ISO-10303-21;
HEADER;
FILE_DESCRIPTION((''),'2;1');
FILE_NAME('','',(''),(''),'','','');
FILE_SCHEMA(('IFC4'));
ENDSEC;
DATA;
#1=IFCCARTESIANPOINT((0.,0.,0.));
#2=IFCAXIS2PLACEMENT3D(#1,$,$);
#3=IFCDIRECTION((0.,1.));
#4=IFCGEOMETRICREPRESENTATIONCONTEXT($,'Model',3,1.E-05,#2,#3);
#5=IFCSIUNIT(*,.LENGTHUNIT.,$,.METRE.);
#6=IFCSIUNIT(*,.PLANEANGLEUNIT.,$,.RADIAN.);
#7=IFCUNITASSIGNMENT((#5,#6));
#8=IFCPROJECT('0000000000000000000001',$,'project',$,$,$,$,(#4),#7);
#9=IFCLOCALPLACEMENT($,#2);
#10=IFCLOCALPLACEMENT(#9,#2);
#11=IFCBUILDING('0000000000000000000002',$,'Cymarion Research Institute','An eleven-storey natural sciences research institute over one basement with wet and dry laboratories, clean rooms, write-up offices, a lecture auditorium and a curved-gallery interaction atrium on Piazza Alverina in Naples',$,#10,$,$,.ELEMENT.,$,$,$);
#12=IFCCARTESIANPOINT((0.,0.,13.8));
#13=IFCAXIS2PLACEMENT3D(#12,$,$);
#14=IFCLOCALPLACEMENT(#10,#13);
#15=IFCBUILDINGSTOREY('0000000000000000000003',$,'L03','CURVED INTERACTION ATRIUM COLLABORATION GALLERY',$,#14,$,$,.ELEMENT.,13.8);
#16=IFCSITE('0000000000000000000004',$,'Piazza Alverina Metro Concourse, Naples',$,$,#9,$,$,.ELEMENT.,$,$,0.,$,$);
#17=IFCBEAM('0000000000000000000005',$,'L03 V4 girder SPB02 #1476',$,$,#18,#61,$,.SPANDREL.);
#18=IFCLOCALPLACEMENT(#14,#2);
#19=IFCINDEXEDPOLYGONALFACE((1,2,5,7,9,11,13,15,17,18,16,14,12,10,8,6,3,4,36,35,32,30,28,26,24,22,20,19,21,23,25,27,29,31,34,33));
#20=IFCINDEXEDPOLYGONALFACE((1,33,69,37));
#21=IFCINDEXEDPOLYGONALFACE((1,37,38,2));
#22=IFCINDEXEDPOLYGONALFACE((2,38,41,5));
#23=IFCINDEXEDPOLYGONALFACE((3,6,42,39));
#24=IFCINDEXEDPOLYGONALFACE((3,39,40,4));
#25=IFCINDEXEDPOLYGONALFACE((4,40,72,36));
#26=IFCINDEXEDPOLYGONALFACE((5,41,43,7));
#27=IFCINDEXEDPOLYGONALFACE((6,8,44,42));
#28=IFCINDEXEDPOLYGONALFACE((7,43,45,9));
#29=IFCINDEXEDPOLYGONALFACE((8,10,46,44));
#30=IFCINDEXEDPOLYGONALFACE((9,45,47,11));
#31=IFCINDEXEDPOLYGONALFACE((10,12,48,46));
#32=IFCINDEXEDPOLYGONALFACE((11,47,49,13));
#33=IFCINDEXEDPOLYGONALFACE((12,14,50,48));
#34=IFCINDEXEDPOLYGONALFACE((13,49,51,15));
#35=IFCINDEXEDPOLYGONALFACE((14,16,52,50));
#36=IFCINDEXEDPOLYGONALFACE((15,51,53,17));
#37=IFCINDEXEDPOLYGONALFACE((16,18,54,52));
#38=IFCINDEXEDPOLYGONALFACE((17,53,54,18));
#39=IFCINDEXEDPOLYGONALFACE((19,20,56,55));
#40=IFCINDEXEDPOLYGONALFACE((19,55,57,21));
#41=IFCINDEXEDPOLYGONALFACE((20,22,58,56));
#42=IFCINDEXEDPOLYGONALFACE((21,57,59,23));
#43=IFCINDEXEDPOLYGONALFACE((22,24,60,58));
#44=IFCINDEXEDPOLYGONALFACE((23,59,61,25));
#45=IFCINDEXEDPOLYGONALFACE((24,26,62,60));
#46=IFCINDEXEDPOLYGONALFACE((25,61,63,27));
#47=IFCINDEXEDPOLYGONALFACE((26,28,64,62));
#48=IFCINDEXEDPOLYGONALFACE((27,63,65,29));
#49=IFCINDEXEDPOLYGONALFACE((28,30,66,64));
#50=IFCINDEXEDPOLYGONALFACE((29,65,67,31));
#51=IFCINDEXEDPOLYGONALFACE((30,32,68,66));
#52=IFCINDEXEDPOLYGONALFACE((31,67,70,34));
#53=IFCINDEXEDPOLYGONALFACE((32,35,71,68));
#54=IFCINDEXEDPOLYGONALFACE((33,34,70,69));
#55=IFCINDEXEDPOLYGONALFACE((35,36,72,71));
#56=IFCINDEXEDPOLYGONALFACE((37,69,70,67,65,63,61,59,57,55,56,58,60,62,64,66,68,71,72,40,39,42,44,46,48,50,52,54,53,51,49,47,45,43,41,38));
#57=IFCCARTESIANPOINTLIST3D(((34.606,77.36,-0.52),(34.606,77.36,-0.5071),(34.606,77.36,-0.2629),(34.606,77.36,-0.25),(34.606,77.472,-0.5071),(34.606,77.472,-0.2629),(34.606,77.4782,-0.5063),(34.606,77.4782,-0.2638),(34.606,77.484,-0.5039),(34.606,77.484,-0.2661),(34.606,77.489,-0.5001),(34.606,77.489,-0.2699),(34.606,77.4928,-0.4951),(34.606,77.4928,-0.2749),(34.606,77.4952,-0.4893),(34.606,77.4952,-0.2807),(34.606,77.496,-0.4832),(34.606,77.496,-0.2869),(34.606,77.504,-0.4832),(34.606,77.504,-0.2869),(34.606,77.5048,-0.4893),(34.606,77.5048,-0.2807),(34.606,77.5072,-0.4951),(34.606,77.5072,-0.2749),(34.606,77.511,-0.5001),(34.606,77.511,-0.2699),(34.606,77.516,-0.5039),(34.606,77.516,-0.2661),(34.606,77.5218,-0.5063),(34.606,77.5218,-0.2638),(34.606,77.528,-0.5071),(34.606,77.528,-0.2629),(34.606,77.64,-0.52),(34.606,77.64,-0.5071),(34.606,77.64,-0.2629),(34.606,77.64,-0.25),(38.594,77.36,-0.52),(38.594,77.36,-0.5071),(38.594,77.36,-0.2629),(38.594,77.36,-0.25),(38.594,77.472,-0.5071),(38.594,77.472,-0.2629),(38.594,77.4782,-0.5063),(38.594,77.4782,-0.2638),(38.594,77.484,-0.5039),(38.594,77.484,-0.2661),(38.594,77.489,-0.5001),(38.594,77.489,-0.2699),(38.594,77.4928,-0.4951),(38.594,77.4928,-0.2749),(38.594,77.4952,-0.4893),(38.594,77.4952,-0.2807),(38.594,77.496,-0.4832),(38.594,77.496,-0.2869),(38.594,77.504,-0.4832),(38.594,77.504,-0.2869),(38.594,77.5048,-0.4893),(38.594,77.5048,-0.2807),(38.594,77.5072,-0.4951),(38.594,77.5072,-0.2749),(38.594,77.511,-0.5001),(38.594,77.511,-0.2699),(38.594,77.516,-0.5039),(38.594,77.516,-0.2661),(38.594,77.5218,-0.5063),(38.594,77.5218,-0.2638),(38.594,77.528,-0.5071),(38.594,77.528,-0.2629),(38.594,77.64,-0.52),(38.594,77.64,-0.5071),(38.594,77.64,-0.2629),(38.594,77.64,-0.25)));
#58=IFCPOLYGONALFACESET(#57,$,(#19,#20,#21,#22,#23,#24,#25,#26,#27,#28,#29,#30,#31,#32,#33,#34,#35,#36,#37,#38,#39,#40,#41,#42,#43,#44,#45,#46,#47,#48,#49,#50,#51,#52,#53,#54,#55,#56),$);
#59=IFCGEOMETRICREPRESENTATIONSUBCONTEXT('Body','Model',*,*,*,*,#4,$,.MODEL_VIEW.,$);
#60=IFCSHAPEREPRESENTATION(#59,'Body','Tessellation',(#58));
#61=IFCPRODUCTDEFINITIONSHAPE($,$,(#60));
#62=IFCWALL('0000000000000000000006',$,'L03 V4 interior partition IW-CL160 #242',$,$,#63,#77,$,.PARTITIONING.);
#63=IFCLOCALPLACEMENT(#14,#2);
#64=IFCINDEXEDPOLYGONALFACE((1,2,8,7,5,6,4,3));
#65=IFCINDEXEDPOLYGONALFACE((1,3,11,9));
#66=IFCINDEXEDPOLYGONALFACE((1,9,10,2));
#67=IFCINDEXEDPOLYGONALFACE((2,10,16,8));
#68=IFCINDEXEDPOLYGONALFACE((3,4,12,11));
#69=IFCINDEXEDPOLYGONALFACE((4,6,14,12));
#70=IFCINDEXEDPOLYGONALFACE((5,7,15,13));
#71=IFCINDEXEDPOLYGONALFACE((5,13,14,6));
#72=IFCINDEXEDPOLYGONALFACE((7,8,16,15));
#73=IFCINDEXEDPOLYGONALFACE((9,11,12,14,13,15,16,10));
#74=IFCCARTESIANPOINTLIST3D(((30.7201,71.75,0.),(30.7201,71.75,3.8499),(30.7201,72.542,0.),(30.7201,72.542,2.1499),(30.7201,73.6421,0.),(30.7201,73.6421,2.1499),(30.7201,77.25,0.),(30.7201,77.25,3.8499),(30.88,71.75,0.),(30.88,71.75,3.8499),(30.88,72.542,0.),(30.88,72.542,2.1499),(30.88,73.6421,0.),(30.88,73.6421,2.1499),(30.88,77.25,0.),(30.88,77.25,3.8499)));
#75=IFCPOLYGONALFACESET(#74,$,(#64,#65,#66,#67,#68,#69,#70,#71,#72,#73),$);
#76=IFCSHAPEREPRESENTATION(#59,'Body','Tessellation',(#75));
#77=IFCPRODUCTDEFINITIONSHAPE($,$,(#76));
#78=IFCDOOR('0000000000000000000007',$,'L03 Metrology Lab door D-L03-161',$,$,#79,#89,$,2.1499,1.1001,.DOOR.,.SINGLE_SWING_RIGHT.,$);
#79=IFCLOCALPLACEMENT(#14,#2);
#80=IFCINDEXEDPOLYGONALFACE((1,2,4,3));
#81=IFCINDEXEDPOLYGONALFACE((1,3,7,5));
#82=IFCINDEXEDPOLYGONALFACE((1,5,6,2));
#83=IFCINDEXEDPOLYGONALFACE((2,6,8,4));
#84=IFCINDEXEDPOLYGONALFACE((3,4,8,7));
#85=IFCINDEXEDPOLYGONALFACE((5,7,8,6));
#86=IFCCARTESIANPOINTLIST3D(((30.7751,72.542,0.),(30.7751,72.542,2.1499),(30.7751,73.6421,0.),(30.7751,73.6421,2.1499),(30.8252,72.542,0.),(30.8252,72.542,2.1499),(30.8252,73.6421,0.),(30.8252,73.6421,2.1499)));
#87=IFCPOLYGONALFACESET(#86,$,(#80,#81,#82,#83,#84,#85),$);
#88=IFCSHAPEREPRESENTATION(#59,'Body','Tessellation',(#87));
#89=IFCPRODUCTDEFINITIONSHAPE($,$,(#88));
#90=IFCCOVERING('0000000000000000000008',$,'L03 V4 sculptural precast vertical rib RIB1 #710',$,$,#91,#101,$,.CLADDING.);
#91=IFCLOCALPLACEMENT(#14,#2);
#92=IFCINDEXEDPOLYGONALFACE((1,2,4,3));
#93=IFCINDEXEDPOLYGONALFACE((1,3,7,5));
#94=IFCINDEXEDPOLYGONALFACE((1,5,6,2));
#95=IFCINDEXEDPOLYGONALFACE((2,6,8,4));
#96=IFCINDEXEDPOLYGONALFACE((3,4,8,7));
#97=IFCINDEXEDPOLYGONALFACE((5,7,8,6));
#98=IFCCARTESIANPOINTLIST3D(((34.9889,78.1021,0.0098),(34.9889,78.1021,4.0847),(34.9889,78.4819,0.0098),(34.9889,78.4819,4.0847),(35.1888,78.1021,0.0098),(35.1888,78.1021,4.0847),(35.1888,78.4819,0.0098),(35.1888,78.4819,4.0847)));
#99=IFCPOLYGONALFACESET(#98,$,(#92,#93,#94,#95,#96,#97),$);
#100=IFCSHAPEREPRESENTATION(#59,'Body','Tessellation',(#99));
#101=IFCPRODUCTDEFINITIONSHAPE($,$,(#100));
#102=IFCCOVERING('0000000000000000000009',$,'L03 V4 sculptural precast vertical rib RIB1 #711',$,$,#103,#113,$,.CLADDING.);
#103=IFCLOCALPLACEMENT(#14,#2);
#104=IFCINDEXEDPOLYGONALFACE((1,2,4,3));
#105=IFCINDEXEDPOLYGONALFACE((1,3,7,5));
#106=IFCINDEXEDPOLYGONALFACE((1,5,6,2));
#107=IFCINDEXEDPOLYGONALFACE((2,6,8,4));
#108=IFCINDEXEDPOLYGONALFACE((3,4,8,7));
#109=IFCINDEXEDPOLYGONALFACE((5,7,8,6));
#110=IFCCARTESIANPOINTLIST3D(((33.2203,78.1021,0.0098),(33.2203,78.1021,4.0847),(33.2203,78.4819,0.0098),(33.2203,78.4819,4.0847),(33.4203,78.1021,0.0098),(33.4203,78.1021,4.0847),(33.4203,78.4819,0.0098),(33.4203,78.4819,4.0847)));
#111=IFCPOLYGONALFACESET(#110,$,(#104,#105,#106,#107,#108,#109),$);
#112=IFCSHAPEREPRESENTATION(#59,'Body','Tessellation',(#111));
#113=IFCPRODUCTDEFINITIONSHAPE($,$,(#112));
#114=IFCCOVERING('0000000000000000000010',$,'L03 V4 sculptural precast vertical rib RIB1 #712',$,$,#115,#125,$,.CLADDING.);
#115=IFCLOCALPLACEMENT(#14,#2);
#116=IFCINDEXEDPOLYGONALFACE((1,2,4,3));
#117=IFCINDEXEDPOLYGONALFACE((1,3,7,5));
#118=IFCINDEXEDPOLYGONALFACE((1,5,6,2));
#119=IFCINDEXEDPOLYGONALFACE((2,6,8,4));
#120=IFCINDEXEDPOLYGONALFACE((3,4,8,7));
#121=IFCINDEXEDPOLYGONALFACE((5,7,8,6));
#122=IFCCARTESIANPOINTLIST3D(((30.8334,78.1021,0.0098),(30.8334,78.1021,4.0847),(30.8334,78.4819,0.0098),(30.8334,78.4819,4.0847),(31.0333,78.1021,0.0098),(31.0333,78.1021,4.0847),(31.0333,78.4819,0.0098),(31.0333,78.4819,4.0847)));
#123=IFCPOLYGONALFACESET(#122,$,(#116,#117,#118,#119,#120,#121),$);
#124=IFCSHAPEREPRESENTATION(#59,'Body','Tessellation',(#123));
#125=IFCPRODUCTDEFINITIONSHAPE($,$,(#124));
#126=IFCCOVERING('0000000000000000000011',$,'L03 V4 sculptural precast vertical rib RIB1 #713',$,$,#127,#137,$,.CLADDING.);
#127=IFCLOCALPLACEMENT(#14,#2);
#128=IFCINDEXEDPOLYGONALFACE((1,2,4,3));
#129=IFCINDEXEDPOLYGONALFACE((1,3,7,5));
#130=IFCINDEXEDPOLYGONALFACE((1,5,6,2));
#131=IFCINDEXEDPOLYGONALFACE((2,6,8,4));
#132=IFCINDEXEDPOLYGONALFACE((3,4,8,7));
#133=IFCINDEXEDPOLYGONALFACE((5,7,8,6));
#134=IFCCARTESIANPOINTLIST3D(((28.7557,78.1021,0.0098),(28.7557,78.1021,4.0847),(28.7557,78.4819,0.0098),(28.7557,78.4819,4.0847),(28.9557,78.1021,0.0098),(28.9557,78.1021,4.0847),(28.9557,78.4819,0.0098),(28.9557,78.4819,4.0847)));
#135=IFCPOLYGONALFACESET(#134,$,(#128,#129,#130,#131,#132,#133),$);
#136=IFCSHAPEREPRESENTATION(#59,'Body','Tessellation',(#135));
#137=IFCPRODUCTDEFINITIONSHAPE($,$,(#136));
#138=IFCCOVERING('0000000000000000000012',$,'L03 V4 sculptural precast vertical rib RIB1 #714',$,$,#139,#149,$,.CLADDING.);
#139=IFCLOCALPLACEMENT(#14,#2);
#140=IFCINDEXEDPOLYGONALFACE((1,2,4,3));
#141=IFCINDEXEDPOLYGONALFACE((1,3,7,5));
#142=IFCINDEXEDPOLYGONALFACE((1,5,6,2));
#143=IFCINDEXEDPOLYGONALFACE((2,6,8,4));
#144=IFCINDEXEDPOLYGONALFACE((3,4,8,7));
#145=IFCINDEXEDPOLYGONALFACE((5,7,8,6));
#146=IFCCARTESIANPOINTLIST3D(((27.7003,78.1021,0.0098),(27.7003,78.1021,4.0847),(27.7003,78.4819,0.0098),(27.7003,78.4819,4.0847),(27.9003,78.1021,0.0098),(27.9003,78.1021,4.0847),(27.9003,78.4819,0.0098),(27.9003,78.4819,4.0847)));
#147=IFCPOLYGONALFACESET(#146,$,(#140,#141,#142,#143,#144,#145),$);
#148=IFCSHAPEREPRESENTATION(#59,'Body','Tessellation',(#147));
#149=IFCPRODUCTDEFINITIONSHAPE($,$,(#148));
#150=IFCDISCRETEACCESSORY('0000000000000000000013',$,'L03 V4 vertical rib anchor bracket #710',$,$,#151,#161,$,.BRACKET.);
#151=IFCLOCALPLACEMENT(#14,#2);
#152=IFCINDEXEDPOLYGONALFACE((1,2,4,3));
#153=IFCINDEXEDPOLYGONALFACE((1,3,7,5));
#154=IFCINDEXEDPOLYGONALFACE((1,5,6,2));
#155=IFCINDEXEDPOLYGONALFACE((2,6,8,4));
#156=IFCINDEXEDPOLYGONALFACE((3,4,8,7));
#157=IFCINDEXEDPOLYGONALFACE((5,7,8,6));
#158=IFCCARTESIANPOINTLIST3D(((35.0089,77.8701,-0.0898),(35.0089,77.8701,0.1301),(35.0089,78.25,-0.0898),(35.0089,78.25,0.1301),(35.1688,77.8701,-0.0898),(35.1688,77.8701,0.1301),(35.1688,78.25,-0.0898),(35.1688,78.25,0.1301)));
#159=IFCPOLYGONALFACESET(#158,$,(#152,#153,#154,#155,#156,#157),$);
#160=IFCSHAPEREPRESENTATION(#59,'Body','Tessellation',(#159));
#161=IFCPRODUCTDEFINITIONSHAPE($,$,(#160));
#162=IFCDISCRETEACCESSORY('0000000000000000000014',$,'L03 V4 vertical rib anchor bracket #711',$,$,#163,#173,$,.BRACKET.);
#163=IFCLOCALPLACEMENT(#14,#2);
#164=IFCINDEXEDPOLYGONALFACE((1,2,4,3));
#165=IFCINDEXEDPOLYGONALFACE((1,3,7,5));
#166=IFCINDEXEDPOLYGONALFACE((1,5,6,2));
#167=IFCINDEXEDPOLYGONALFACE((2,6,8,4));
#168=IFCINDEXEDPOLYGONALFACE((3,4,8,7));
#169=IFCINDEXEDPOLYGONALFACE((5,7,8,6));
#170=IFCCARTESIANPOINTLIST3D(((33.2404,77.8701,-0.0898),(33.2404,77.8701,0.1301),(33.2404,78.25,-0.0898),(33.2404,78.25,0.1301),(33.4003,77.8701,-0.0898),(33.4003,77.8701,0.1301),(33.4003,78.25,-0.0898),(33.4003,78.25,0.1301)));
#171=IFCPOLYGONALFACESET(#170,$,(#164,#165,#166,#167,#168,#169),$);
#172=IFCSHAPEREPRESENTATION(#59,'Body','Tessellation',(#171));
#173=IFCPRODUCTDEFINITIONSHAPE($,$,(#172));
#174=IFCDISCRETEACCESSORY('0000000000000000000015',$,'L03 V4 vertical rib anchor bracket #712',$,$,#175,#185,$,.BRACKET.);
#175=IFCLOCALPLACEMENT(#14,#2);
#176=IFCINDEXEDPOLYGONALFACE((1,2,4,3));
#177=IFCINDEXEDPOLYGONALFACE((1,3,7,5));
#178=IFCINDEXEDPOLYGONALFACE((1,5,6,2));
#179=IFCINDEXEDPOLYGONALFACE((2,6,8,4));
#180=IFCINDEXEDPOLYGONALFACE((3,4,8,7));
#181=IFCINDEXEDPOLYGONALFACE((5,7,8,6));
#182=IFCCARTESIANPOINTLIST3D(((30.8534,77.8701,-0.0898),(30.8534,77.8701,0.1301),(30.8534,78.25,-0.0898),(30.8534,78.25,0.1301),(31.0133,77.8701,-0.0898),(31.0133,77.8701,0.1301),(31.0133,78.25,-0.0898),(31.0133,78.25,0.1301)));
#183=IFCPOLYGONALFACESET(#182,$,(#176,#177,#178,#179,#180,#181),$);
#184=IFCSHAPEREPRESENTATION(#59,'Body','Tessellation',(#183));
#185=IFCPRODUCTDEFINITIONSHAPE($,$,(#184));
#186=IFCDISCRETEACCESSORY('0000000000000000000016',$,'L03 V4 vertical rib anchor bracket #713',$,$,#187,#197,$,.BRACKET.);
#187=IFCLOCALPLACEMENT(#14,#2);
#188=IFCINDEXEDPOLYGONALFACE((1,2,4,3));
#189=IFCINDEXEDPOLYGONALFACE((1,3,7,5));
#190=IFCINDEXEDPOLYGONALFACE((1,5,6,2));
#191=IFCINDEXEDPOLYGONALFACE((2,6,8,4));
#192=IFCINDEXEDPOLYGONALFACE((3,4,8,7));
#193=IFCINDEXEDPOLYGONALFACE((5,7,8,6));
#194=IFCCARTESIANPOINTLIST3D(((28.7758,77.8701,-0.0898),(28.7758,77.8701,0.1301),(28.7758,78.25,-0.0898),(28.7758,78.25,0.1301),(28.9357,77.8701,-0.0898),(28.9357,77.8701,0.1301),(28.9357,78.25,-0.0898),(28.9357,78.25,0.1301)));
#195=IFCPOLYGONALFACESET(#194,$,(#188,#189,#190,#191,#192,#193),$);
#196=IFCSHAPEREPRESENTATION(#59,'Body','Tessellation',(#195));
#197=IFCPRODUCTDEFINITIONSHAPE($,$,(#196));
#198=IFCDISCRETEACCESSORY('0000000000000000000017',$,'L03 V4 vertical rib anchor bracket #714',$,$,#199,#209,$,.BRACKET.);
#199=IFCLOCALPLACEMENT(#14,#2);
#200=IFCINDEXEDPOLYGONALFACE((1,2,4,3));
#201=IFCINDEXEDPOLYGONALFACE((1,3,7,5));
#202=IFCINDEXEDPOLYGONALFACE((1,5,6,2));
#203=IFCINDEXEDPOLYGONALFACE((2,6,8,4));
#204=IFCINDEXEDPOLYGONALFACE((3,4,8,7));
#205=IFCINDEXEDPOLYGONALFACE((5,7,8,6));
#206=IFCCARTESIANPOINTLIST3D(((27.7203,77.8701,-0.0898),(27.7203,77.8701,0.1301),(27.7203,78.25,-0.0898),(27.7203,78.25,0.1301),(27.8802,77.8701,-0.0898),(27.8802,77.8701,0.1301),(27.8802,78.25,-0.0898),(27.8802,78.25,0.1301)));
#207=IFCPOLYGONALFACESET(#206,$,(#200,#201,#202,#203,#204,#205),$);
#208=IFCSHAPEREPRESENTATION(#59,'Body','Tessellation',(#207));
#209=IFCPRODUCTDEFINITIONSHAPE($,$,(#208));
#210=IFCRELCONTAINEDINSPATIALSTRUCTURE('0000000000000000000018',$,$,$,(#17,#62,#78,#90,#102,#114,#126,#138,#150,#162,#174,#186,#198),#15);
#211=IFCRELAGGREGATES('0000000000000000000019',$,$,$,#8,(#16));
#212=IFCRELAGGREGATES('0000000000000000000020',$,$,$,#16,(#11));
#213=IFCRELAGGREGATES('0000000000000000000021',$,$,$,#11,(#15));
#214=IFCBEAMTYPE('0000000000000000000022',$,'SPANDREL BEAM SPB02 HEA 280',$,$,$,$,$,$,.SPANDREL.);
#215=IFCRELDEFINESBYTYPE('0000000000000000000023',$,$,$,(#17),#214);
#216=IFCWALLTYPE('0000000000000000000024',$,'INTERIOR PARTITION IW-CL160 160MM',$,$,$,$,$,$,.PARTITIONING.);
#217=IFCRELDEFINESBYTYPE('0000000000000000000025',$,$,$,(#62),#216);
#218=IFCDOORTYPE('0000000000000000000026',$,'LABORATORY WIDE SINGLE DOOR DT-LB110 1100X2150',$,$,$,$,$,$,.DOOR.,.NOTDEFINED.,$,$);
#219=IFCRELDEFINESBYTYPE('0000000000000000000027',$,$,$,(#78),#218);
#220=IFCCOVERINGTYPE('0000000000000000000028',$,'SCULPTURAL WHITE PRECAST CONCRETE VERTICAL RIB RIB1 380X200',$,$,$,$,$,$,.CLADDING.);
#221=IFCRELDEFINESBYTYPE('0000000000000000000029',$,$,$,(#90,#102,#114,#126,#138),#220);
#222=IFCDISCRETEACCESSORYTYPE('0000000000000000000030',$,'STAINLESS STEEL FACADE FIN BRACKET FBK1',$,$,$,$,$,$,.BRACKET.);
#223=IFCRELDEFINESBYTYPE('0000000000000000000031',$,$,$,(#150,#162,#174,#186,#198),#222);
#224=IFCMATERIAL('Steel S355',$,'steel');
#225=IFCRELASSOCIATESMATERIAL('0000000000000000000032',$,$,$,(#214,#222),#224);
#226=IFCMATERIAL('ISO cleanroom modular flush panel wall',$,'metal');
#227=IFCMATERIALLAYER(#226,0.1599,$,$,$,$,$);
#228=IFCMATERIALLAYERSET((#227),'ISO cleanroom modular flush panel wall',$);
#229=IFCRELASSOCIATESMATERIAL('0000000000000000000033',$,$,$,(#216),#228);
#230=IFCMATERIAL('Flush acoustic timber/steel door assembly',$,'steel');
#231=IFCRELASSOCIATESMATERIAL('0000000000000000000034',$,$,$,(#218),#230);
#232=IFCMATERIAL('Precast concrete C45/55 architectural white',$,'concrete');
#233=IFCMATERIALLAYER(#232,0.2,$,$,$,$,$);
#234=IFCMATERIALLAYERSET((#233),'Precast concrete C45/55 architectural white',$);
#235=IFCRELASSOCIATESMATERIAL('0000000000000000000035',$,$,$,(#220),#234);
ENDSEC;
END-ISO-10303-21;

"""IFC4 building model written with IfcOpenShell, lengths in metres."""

from ifc_helpers import new_model, si_unit, direction, frame, frame_2d, origin, origin_2d, place, context, subcontext, project, spatial, rectangle, i_section, extrude, material, layer, layer_set, material_profile, profile_set, type_object, element, fill, save


model = new_model("IFC4")

# Units and contexts
model_context = context("Model", 3, precision=1e-05, world=origin(), true_north=direction((0.0, 1.0)))
body_context = subcontext(model_context, "Body", "Model", "MODEL_VIEW")
ifc_project = project(units=[si_unit("LENGTHUNIT", "METRE"), si_unit("PLANEANGLEUNIT", "RADIAN")], contexts=[model_context])

# Site, building, storey
site_placement = place(None, origin())
site = spatial("IfcSite", under=ifc_project, at=site_placement, Name="Piazza Alverina Metro Concourse, Naples", CompositionType="ELEMENT", RefElevation=0.0)
building_placement = place(site_placement, origin())
building = spatial("IfcBuilding", under=site, at=building_placement, Name="Cymarion Research Institute", Description="An eleven-storey natural sciences research institute over one basement with wet and dry laboratories, clean rooms, write-up offices, a lecture auditorium and a curved-gallery interaction atrium on Piazza Alverina in Naples", CompositionType="ELEMENT")
storey_placement = place(building_placement, frame((0.0, 0.0, 13.8)))
storey = spatial("IfcBuildingStorey", under=building, at=storey_placement, Name="L03", Description="CURVED INTERACTION ATRIUM COLLABORATION GALLERY", CompositionType="ELEMENT", Elevation=13.8)

# Shared definitions
ifc_material_1 = material(Name="Steel S355", Category="steel")

# Beam
ifc_material_profile_1 = material_profile(ifc_material_1, i_section(OverallWidth=0.28, OverallDepth=0.27, WebThickness=0.0081, FlangeThickness=0.0129, FilletRadius=0.0239, at=origin_2d()), Name="HEA 280")
ifc_profile_set_1 = profile_set([ifc_material_profile_1], Name="Steel S355")
beam_type_1 = type_object("IfcBeamType", Name="SPANDREL BEAM SPB02 HEA 280", PredefinedType="SPANDREL", material=ifc_profile_set_1)
for number, where, z_axis, x_axis, name in (
    (1, (34.606, 77.5, -0.385), (1.0, 0.0, 0.0), (0.0, 1.0, 0.0), "L03 V4 girder SPB02 #1476"),
):
    element("IfcBeam", number, at=place(storey_placement, frame(where, z_axis=z_axis, x_axis=x_axis)), inside=storey, type_object=beam_type_1, Name=name, PredefinedType="SPANDREL", context=body_context, shape_type="SweptSolid", body=[
        extrude(i_section(OverallWidth=0.28, OverallDepth=0.27, WebThickness=0.0081, FlangeThickness=0.0129, FilletRadius=0.0239, at=origin_2d()), origin(), (0.0, 0.0, 1.0), 3.988),
    ])

# Wall, opening, door
ifc_material_2 = material(Name="ISO cleanroom modular flush panel wall", Category="metal")
ifc_layer_1 = layer(ifc_material_2, 0.1599)
ifc_layer_set_1 = layer_set([ifc_layer_1], Name="ISO cleanroom modular flush panel wall")
wall_type = type_object("IfcWallType", Name="INTERIOR PARTITION IW-CL160 160MM", PredefinedType="PARTITIONING", material=ifc_layer_set_1)
wall_placement = place(storey_placement, frame((30.8, 71.75, 0.0), z_axis=(0.0, 0.0, 1.0), x_axis=(0.0, 1.0, 0.0)))
wall = element("IfcWall", 2, at=wall_placement, inside=storey, type_object=wall_type, Name="L03 V4 interior partition IW-CL160 #242", PredefinedType="PARTITIONING", context=body_context, shape_type="SweptSolid", body=[
    extrude(rectangle(XDim=5.5, YDim=0.1599, at=frame_2d((2.75, 0.0))), origin(), (0.0, 0.0, 1.0), 3.8499),
])
opening_placement = place(wall_placement, frame((0.792, 0.0, 0.0)))
opening = element("IfcOpeningElement", 3, at=opening_placement, cuts=wall, PredefinedType="OPENING", context=body_context, shape_type="SweptSolid", body=[
    extrude(rectangle(XDim=1.1001, YDim=2.1499, at=frame_2d((0.55, 1.075))), frame((0.0, 0.0898, 0.0), z_axis=(0.0, -1.0, 0.0), x_axis=(1.0, 0.0, 0.0)), (0.0, 0.0, 1.0), 0.1799),
])
ifc_material_3 = material(Name="Flush acoustic timber/steel door assembly", Category="steel")
door_type = type_object("IfcDoorType", Name="LABORATORY WIDE SINGLE DOOR DT-LB110 1100X2150", OperationType="NOTDEFINED", PredefinedType="DOOR", material=ifc_material_3)
door_placement = place(opening_placement, origin())
door = element("IfcDoor", 4, at=door_placement, inside=storey, type_object=door_type, Name="L03 Metrology Lab door D-L03-161", OperationType="SINGLE_SWING_RIGHT", OverallHeight=2.1499, OverallWidth=1.1001, PredefinedType="DOOR", context=body_context, shape_type="SweptSolid", body=[
    extrude(rectangle(XDim=1.1001, YDim=2.1499, at=frame_2d((0.55, 1.075))), frame((0.0, 0.0249, 0.0), z_axis=(0.0, -1.0, 0.0), x_axis=(1.0, 0.0, 0.0)), (0.0, 0.0, 1.0), 0.05),
])
fill(opening, door)

# Coverings
ifc_material_4 = material(Name="Precast concrete C45/55 architectural white", Category="concrete")
ifc_layer_2 = layer(ifc_material_4, 0.2)
ifc_layer_set_2 = layer_set([ifc_layer_2], Name="Precast concrete C45/55 architectural white")
covering_type = type_object("IfcCoveringType", Name="SCULPTURAL WHITE PRECAST CONCRETE VERTICAL RIB RIB1 380X200", PredefinedType="CLADDING", material=ifc_layer_set_2)
for number, where, z_axis, x_axis, name in (
    (5, (35.0889, 78.292, 0.0098), (0.0, 0.0, 1.0), (0.0, 1.0, 0.0), "L03 V4 sculptural precast vertical rib RIB1 #710"),
    (6, (33.3203, 78.292, 0.0098), (0.0, 0.0, 1.0), (0.0, 1.0, 0.0), "L03 V4 sculptural precast vertical rib RIB1 #711"),
    (7, (30.9333, 78.292, 0.0098), (0.0, 0.0, 1.0), (0.0, 1.0, 0.0), "L03 V4 sculptural precast vertical rib RIB1 #712"),
    (8, (28.8557, 78.292, 0.0098), (0.0, 0.0, 1.0), (0.0, 1.0, 0.0), "L03 V4 sculptural precast vertical rib RIB1 #713"),
    (9, (27.8003, 78.292, 0.0098), (0.0, 0.0, 1.0), (0.0, 1.0, 0.0), "L03 V4 sculptural precast vertical rib RIB1 #714"),
):
    element("IfcCovering", number, at=place(storey_placement, frame(where, z_axis=z_axis, x_axis=x_axis)), inside=storey, type_object=covering_type, Name=name, PredefinedType="CLADDING", context=body_context, shape_type="SweptSolid", body=[
        extrude(rectangle(XDim=0.3799, YDim=0.2, at=origin_2d()), origin(), (0.0, 0.0, 1.0), 4.075),
    ])

# Discrete accessories
discrete_accessory_type = type_object("IfcDiscreteAccessoryType", Name="STAINLESS STEEL FACADE FIN BRACKET FBK1", PredefinedType="BRACKET", material=ifc_material_1)
for number, where, z_axis, x_axis, name in (
    (10, (35.0889, 78.0601, -0.0898), (0.0, 0.0, 1.0), (0.0, 1.0, 0.0), "L03 V4 vertical rib anchor bracket #710"),
    (11, (33.3203, 78.0601, -0.0898), (0.0, 0.0, 1.0), (0.0, 1.0, 0.0), "L03 V4 vertical rib anchor bracket #711"),
    (12, (30.9333, 78.0601, -0.0898), (0.0, 0.0, 1.0), (0.0, 1.0, 0.0), "L03 V4 vertical rib anchor bracket #712"),
    (13, (28.8557, 78.0601, -0.0898), (0.0, 0.0, 1.0), (0.0, 1.0, 0.0), "L03 V4 vertical rib anchor bracket #713"),
    (14, (27.8003, 78.0601, -0.0898), (0.0, 0.0, 1.0), (0.0, 1.0, 0.0), "L03 V4 vertical rib anchor bracket #714"),
):
    element("IfcDiscreteAccessory", number, at=place(storey_placement, frame(where, z_axis=z_axis, x_axis=x_axis)), inside=storey, type_object=discrete_accessory_type, Name=name, PredefinedType="BRACKET", context=body_context, shape_type="SweptSolid", body=[
        extrude(rectangle(XDim=0.3799, YDim=0.1599, at=origin_2d()), origin(), (0.0, 0.0, 1.0), 0.22),
    ])

save(model, "model.ifc")
